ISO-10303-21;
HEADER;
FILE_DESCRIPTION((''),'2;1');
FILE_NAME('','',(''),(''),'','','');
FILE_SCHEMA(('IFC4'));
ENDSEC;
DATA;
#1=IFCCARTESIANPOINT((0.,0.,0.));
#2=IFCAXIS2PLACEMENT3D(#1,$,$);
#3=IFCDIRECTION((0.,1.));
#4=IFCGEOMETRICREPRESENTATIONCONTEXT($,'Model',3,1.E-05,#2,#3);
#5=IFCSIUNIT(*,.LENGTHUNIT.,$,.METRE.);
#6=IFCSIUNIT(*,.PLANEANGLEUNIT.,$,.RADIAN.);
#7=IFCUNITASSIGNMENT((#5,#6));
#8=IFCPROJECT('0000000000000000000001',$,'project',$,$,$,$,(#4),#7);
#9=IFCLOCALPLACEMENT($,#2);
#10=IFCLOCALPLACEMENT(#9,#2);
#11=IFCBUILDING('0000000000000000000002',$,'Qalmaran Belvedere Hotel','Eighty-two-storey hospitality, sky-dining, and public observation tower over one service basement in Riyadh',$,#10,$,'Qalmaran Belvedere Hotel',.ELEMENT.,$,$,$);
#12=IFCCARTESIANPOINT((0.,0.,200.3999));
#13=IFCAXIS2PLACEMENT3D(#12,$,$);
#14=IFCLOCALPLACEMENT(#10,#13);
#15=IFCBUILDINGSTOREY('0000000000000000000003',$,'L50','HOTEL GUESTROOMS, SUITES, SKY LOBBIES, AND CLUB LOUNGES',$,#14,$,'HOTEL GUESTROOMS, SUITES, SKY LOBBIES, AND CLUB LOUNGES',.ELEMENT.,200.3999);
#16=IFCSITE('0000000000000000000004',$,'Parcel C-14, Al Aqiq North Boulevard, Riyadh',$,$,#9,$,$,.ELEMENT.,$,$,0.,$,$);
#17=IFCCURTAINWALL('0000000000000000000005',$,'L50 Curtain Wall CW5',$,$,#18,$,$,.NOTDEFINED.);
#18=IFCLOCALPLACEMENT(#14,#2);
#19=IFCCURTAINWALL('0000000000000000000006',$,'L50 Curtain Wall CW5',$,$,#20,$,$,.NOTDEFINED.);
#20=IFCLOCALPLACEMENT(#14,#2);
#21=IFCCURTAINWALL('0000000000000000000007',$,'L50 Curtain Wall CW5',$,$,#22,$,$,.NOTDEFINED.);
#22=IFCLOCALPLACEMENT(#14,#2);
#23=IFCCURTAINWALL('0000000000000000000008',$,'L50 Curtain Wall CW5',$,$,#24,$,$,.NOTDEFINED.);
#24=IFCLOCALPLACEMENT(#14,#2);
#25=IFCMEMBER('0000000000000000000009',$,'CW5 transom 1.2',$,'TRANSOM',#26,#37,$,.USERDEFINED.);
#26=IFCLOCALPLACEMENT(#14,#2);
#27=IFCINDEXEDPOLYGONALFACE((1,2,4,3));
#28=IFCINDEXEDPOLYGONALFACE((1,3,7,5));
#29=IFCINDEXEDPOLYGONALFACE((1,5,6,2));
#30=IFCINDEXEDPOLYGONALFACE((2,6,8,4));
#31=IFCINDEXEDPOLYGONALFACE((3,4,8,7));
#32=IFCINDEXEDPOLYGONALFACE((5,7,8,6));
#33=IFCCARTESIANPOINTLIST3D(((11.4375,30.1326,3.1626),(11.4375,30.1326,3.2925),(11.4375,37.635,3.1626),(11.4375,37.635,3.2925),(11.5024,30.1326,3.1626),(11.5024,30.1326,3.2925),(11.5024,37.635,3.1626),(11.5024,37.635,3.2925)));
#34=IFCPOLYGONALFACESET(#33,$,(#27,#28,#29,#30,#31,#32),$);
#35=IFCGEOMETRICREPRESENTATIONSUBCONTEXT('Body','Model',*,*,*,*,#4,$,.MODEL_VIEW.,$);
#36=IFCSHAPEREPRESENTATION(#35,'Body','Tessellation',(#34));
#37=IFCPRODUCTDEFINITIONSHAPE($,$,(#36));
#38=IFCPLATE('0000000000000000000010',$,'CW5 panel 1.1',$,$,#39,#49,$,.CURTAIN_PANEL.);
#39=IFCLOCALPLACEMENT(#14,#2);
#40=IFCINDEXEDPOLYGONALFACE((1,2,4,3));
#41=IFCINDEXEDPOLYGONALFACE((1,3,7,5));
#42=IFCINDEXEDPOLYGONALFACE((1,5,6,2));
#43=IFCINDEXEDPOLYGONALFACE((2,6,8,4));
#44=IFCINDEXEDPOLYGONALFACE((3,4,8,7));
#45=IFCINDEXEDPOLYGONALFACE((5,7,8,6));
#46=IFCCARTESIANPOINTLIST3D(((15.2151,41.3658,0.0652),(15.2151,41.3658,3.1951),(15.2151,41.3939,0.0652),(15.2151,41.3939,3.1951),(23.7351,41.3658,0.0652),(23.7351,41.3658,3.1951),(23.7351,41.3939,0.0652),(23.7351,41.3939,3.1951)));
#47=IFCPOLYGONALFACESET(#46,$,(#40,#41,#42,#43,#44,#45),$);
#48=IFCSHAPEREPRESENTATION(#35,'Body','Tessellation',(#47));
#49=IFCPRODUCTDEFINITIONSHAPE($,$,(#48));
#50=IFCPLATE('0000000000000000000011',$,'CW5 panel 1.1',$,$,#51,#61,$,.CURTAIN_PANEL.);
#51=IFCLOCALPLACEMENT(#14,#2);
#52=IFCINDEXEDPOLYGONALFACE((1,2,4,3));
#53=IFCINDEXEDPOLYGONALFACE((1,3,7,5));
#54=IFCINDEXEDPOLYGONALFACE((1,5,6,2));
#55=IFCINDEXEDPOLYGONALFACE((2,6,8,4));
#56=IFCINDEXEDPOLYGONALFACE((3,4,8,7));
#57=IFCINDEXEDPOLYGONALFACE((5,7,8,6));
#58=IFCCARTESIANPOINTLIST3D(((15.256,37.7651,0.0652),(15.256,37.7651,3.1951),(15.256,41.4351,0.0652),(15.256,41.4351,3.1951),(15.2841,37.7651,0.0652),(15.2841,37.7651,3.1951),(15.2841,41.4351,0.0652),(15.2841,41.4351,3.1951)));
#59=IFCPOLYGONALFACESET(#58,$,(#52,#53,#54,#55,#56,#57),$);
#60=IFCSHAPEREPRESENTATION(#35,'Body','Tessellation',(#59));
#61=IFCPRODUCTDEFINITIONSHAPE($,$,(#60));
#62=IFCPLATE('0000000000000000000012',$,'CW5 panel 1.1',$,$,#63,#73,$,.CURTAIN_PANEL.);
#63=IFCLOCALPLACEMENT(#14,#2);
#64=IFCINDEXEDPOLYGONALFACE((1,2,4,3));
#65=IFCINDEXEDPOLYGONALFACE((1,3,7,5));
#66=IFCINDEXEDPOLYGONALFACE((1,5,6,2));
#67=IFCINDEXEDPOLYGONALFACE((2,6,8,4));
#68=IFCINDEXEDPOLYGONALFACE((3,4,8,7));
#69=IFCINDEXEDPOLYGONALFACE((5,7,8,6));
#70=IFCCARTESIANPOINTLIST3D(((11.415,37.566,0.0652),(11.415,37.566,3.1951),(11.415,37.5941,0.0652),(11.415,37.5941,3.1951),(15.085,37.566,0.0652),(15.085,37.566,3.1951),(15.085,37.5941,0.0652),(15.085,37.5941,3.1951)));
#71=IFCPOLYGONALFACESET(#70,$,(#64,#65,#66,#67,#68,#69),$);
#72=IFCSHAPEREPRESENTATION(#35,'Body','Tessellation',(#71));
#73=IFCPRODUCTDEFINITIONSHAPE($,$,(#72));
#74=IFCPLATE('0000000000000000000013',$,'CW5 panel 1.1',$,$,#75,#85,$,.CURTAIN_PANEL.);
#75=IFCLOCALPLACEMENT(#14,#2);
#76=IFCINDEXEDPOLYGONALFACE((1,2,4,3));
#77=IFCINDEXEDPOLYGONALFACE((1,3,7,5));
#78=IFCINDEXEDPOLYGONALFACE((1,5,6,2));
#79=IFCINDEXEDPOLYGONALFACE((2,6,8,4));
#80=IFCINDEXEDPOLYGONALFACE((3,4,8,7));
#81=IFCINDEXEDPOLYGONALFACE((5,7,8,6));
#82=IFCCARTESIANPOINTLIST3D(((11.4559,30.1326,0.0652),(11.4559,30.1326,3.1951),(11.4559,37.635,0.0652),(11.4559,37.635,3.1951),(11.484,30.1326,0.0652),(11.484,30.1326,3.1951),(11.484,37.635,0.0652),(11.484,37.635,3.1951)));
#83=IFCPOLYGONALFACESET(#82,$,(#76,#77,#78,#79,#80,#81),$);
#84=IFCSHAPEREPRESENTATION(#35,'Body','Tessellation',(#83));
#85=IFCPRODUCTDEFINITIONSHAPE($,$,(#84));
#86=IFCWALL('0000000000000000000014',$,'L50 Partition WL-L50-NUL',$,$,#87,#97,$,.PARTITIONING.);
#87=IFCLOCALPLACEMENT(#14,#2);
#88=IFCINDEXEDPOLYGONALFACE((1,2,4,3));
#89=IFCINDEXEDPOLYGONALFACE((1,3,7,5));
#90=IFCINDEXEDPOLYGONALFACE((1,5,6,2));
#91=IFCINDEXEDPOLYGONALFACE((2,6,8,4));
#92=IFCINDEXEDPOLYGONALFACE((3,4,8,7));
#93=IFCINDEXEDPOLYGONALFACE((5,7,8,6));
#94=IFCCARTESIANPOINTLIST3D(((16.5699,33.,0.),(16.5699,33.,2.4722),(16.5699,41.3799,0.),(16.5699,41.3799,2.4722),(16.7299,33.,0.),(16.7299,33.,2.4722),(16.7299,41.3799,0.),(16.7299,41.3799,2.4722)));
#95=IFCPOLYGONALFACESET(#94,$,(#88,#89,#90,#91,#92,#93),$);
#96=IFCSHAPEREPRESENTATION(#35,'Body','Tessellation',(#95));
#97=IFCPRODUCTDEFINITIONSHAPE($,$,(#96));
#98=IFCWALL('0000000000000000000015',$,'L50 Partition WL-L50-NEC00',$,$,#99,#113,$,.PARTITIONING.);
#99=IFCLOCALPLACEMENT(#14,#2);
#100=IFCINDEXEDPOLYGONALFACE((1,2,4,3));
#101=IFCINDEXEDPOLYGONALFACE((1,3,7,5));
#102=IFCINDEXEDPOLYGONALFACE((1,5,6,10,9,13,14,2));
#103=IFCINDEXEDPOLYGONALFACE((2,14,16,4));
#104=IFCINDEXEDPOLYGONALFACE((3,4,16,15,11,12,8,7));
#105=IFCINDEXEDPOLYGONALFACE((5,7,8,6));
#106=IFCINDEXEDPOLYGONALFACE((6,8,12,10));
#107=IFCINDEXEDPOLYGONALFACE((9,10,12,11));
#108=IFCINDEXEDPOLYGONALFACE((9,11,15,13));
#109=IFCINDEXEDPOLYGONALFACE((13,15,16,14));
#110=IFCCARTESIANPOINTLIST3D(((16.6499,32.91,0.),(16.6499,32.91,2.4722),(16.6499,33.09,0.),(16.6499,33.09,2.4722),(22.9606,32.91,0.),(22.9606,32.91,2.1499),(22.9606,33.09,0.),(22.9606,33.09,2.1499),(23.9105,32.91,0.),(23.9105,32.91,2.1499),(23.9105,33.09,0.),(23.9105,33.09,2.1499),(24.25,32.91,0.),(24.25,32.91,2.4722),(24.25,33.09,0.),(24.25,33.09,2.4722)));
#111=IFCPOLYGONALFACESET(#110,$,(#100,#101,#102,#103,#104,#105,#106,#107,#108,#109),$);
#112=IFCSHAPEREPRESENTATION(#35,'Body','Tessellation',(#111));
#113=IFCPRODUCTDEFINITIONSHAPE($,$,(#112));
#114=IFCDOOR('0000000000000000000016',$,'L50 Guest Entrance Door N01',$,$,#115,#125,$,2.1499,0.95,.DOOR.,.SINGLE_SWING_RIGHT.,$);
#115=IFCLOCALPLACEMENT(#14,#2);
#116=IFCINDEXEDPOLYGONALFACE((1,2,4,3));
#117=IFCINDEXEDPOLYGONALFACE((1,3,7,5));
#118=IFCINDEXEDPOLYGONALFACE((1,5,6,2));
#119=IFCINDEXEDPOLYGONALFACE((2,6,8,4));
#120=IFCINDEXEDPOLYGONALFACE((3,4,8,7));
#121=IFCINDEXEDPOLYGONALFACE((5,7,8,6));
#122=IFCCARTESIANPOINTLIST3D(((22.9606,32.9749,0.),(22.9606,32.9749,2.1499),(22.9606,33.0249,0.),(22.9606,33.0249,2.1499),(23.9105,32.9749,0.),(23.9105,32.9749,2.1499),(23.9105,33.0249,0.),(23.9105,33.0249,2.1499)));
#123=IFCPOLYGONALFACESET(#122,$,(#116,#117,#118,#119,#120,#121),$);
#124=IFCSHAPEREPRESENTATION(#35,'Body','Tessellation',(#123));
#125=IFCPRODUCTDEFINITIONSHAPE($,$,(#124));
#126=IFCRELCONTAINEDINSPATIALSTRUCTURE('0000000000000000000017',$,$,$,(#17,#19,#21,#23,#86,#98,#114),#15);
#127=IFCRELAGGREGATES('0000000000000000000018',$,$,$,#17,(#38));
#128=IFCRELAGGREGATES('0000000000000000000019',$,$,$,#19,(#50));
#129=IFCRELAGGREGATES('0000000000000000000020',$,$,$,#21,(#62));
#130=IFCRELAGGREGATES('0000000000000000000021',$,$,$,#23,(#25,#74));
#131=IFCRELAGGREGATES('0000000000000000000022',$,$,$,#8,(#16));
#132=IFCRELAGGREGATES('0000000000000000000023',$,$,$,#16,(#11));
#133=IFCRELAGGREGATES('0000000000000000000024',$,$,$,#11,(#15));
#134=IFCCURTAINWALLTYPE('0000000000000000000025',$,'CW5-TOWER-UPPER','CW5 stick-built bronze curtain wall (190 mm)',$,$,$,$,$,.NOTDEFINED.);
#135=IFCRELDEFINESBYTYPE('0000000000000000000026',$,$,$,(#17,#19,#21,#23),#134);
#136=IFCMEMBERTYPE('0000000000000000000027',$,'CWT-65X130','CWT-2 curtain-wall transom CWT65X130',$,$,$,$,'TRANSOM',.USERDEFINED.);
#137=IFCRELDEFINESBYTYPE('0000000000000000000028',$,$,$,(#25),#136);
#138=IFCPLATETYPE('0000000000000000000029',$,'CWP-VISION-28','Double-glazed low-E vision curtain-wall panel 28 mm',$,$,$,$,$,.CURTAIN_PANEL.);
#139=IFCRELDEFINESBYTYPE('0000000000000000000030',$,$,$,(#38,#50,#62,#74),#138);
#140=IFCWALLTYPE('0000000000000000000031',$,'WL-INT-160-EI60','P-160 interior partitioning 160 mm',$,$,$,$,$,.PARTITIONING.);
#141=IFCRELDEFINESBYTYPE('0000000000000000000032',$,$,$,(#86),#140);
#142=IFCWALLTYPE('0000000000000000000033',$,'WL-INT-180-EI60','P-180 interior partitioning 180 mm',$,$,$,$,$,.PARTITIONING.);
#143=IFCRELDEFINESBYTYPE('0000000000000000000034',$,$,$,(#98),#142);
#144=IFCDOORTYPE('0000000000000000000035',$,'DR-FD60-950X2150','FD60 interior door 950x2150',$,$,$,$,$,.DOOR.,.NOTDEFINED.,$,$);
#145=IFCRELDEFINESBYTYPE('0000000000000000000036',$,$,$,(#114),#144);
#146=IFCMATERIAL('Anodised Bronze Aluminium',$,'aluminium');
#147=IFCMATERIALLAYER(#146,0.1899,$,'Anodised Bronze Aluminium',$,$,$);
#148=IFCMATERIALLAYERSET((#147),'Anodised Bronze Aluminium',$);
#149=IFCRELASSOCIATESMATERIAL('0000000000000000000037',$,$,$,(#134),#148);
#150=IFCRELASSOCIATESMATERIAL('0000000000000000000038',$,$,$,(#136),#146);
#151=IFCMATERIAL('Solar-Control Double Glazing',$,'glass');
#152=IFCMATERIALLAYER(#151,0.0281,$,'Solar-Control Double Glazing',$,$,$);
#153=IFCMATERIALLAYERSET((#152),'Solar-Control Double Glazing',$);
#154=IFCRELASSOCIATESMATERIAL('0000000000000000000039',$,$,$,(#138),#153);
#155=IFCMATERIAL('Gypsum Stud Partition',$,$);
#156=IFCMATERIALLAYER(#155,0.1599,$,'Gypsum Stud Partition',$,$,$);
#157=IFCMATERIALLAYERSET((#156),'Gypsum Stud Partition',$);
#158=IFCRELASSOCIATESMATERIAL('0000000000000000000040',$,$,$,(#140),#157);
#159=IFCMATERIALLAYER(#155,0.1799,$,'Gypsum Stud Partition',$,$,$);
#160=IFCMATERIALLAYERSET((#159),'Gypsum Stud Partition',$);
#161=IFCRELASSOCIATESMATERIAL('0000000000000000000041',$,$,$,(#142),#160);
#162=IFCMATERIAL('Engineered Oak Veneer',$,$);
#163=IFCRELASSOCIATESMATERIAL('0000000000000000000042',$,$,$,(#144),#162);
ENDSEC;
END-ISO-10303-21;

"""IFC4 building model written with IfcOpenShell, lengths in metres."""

from ifc_helpers import new_model, si_unit, direction, frame, frame_2d, origin, origin_2d, place, context, subcontext, project, spatial, rectangle, extrude, material, layer, layer_set, material_profile, profile_set, type_object, element, fill, aggregate, save


model = new_model("IFC4")

# Units and contexts
model_context = context("Model", 3, precision=1e-05, world=origin(), true_north=direction((0.0, 1.0)))
body_context = subcontext(model_context, "Body", "Model", "MODEL_VIEW")
ifc_project = project(units=[si_unit("LENGTHUNIT", "METRE"), si_unit("PLANEANGLEUNIT", "RADIAN")], contexts=[model_context])

# Site, building, storey
site_placement = place(None, origin())
site = spatial("IfcSite", under=ifc_project, at=site_placement, Name="Parcel C-14, Al Aqiq North Boulevard, Riyadh", CompositionType="ELEMENT", RefElevation=0.0)
building_placement = place(site_placement, origin())
building = spatial("IfcBuilding", under=site, at=building_placement, Name="Qalmaran Belvedere Hotel", Description="Eighty-two-storey hospitality, sky-dining, and public observation tower over one service basement in Riyadh", LongName="Qalmaran Belvedere Hotel", CompositionType="ELEMENT")
storey_placement = place(building_placement, frame((0.0, 0.0, 200.3999)))
storey = spatial("IfcBuildingStorey", under=building, at=storey_placement, Name="L50", Description="HOTEL GUESTROOMS, SUITES, SKY LOBBIES, AND CLUB LOUNGES", LongName="HOTEL GUESTROOMS, SUITES, SKY LOBBIES, AND CLUB LOUNGES", CompositionType="ELEMENT", Elevation=200.3999)

# Curtain wall
ifc_material_1 = material(Name="Anodised Bronze Aluminium", Category="aluminium")
ifc_layer_1 = layer(ifc_material_1, 0.1899, Name="Anodised Bronze Aluminium")
ifc_layer_set_1 = layer_set([ifc_layer_1], Name="Anodised Bronze Aluminium")
curtain_wall_type = type_object("IfcCurtainWallType", Name="CW5-TOWER-UPPER", Description="CW5 stick-built bronze curtain wall (190 mm)", PredefinedType="NOTDEFINED", material=ifc_layer_set_1)
curtain_wall_1_placement = place(storey_placement, origin())
curtain_wall_1 = element("IfcCurtainWall", 1, at=curtain_wall_1_placement, inside=storey, type_object=curtain_wall_type, Name="L50 Curtain Wall CW5", PredefinedType="NOTDEFINED")

# Curtain walls
curtain_wall_2_placement = place(storey_placement, origin())
curtain_wall_2 = element("IfcCurtainWall", 2, at=curtain_wall_2_placement, inside=storey, type_object=curtain_wall_type, Name="L50 Curtain Wall CW5", PredefinedType="NOTDEFINED")
curtain_wall_3_placement = place(storey_placement, origin())
curtain_wall_3 = element("IfcCurtainWall", 3, at=curtain_wall_3_placement, inside=storey, type_object=curtain_wall_type, Name="L50 Curtain Wall CW5", PredefinedType="NOTDEFINED")

# Curtain wall
curtain_wall_4_placement = place(storey_placement, origin())
curtain_wall_4 = element("IfcCurtainWall", 4, at=curtain_wall_4_placement, inside=storey, type_object=curtain_wall_type, Name="L50 Curtain Wall CW5", PredefinedType="NOTDEFINED")

# Member
ifc_material_profile_1 = material_profile(ifc_material_1, rectangle(XDim=0.0649, YDim=0.1299, at=origin_2d()), Name="CWT65X130")
ifc_profile_set_1 = profile_set([ifc_material_profile_1], Name="Anodised Bronze Aluminium")
member_type_1 = type_object("IfcMemberType", Name="CWT-65X130", Description="CWT-2 curtain-wall transom CWT65X130", ElementType="TRANSOM", PredefinedType="USERDEFINED", material=ifc_profile_set_1)
member_1_placement = place(storey_placement, frame((11.47, 37.635, 3.2275), z_axis=(0.0, -1.0, 0.0), x_axis=(1.0, 0.0, 0.0)))
member_1 = element("IfcMember", 5, at=member_1_placement, type_object=member_type_1, Name="CW5 transom 1.2", ObjectType="TRANSOM", PredefinedType="USERDEFINED", context=body_context, shape_type="SweptSolid", body=[
    extrude(rectangle(XDim=0.0649, YDim=0.1299, at=origin_2d()), origin(), (0.0, 0.0, 1.0), 7.5024),
])

# Plates
ifc_material_2 = material(Name="Solar-Control Double Glazing", Category="glass")
ifc_layer_2 = layer(ifc_material_2, 0.0281, Name="Solar-Control Double Glazing")
ifc_layer_set_2 = layer_set([ifc_layer_2], Name="Solar-Control Double Glazing")
plate_type = type_object("IfcPlateType", Name="CWP-VISION-28", Description="Double-glazed low-E vision curtain-wall panel 28 mm", PredefinedType="CURTAIN_PANEL", material=ifc_layer_set_2)
plate_1_placement = place(storey_placement, frame((19.4751, 41.3799, 0.0652), z_axis=(0.0, 0.0, 1.0), x_axis=(-1.0, 0.0, 0.0)))
plate_1 = element("IfcPlate", 6, at=plate_1_placement, type_object=plate_type, Name="CW5 panel 1.1", PredefinedType="CURTAIN_PANEL", context=body_context, shape_type="SweptSolid", body=[
    extrude(rectangle(XDim=8.52, YDim=0.0281, at=origin_2d()), origin(), (0.0, 0.0, 1.0), 3.1299),
])
aggregate(curtain_wall_1, [plate_1])
plate_2_placement = place(storey_placement, frame((15.27, 39.6001, 0.0652), z_axis=(0.0, 0.0, 1.0), x_axis=(0.0, -1.0, 0.0)))
plate_2 = element("IfcPlate", 7, at=plate_2_placement, type_object=plate_type, Name="CW5 panel 1.1", PredefinedType="CURTAIN_PANEL", context=body_context, shape_type="SweptSolid", body=[
    extrude(rectangle(XDim=3.6699, YDim=0.0281, at=origin_2d()), origin(), (0.0, 0.0, 1.0), 3.1299),
])
aggregate(curtain_wall_2, [plate_2])
plate_3_placement = place(storey_placement, frame((13.25, 37.5801, 0.0652), z_axis=(0.0, 0.0, 1.0), x_axis=(-1.0, 0.0, 0.0)))
plate_3 = element("IfcPlate", 8, at=plate_3_placement, type_object=plate_type, Name="CW5 panel 1.1", PredefinedType="CURTAIN_PANEL", context=body_context, shape_type="SweptSolid", body=[
    extrude(rectangle(XDim=3.6699, YDim=0.0281, at=origin_2d()), origin(), (0.0, 0.0, 1.0), 3.1299),
])
aggregate(curtain_wall_3, [plate_3])
plate_4_placement = place(storey_placement, frame((11.47, 33.8838, 0.0652), z_axis=(0.0, 0.0, 1.0), x_axis=(0.0, -1.0, 0.0)))
plate_4 = element("IfcPlate", 9, at=plate_4_placement, type_object=plate_type, Name="CW5 panel 1.1", PredefinedType="CURTAIN_PANEL", context=body_context, shape_type="SweptSolid", body=[
    extrude(rectangle(XDim=7.5024, YDim=0.0281, at=origin_2d()), origin(), (0.0, 0.0, 1.0), 3.1299),
])
aggregate(curtain_wall_4, [member_1, plate_4])

# Wall
ifc_material_3 = material(Name="Gypsum Stud Partition")
ifc_layer_3 = layer(ifc_material_3, 0.1599, Name="Gypsum Stud Partition")
ifc_layer_set_3 = layer_set([ifc_layer_3], Name="Gypsum Stud Partition")
wall_type_1 = type_object("IfcWallType", Name="WL-INT-160-EI60", Description="P-160 interior partitioning 160 mm", PredefinedType="PARTITIONING", material=ifc_layer_set_3)
wall_1_placement = place(storey_placement, frame((16.6499, 33.0, 0.0), z_axis=(0.0, 0.0, 1.0), x_axis=(0.0, 1.0, 0.0)))
element("IfcWall", 10, at=wall_1_placement, inside=storey, type_object=wall_type_1, Name="L50 Partition WL-L50-NUL", PredefinedType="PARTITIONING", context=body_context, shape_type="SweptSolid", body=[
    extrude(rectangle(XDim=8.3799, YDim=0.1599, at=frame_2d((4.1899, 0.0))), origin(), (0.0, 0.0, 1.0), 2.4722),
])

# Wall, opening, door
ifc_layer_4 = layer(ifc_material_3, 0.1799, Name="Gypsum Stud Partition")
ifc_layer_set_4 = layer_set([ifc_layer_4], Name="Gypsum Stud Partition")
wall_type_2 = type_object("IfcWallType", Name="WL-INT-180-EI60", Description="P-180 interior partitioning 180 mm", PredefinedType="PARTITIONING", material=ifc_layer_set_4)
wall_2_placement = place(storey_placement, frame((16.6499, 33.0, 0.0), z_axis=(0.0, 0.0, 1.0), x_axis=(1.0, 0.0, 0.0)))
wall_2 = element("IfcWall", 11, at=wall_2_placement, inside=storey, type_object=wall_type_2, Name="L50 Partition WL-L50-NEC00", PredefinedType="PARTITIONING", context=body_context, shape_type="SweptSolid", body=[
    extrude(rectangle(XDim=7.6001, YDim=0.1799, at=frame_2d((3.8, 0.0))), origin(), (0.0, 0.0, 1.0), 2.4722),
])
opening_placement = place(wall_2_placement, frame((6.3105, 0.0, 0.0)))
opening = element("IfcOpeningElement", 12, at=opening_placement, cuts=wall_2, PredefinedType="OPENING", context=body_context, shape_type="SweptSolid", body=[
    extrude(rectangle(XDim=0.95, YDim=2.1499, at=frame_2d((0.4751, 1.075))), frame((0.0, 0.1001, 0.0), z_axis=(0.0, -1.0, 0.0), x_axis=(1.0, 0.0, 0.0)), (0.0, 0.0, 1.0), 0.2),
])
ifc_material_4 = material(Name="Engineered Oak Veneer")
door_type = type_object("IfcDoorType", Name="DR-FD60-950X2150", Description="FD60 interior door 950x2150", OperationType="NOTDEFINED", PredefinedType="DOOR", material=ifc_material_4)
door_placement = place(opening_placement, origin())
door = element("IfcDoor", 13, at=door_placement, inside=storey, type_object=door_type, Name="L50 Guest Entrance Door N01", OperationType="SINGLE_SWING_RIGHT", OverallHeight=2.1499, OverallWidth=0.95, PredefinedType="DOOR", context=body_context, shape_type="SweptSolid", body=[
    extrude(rectangle(XDim=0.95, YDim=2.1499, at=frame_2d((0.4751, 1.075))), frame((0.0, 0.0249, 0.0), z_axis=(0.0, -1.0, 0.0), x_axis=(1.0, 0.0, 0.0)), (0.0, 0.0, 1.0), 0.05),
])
fill(opening, door)

save(model, "model.ifc")
